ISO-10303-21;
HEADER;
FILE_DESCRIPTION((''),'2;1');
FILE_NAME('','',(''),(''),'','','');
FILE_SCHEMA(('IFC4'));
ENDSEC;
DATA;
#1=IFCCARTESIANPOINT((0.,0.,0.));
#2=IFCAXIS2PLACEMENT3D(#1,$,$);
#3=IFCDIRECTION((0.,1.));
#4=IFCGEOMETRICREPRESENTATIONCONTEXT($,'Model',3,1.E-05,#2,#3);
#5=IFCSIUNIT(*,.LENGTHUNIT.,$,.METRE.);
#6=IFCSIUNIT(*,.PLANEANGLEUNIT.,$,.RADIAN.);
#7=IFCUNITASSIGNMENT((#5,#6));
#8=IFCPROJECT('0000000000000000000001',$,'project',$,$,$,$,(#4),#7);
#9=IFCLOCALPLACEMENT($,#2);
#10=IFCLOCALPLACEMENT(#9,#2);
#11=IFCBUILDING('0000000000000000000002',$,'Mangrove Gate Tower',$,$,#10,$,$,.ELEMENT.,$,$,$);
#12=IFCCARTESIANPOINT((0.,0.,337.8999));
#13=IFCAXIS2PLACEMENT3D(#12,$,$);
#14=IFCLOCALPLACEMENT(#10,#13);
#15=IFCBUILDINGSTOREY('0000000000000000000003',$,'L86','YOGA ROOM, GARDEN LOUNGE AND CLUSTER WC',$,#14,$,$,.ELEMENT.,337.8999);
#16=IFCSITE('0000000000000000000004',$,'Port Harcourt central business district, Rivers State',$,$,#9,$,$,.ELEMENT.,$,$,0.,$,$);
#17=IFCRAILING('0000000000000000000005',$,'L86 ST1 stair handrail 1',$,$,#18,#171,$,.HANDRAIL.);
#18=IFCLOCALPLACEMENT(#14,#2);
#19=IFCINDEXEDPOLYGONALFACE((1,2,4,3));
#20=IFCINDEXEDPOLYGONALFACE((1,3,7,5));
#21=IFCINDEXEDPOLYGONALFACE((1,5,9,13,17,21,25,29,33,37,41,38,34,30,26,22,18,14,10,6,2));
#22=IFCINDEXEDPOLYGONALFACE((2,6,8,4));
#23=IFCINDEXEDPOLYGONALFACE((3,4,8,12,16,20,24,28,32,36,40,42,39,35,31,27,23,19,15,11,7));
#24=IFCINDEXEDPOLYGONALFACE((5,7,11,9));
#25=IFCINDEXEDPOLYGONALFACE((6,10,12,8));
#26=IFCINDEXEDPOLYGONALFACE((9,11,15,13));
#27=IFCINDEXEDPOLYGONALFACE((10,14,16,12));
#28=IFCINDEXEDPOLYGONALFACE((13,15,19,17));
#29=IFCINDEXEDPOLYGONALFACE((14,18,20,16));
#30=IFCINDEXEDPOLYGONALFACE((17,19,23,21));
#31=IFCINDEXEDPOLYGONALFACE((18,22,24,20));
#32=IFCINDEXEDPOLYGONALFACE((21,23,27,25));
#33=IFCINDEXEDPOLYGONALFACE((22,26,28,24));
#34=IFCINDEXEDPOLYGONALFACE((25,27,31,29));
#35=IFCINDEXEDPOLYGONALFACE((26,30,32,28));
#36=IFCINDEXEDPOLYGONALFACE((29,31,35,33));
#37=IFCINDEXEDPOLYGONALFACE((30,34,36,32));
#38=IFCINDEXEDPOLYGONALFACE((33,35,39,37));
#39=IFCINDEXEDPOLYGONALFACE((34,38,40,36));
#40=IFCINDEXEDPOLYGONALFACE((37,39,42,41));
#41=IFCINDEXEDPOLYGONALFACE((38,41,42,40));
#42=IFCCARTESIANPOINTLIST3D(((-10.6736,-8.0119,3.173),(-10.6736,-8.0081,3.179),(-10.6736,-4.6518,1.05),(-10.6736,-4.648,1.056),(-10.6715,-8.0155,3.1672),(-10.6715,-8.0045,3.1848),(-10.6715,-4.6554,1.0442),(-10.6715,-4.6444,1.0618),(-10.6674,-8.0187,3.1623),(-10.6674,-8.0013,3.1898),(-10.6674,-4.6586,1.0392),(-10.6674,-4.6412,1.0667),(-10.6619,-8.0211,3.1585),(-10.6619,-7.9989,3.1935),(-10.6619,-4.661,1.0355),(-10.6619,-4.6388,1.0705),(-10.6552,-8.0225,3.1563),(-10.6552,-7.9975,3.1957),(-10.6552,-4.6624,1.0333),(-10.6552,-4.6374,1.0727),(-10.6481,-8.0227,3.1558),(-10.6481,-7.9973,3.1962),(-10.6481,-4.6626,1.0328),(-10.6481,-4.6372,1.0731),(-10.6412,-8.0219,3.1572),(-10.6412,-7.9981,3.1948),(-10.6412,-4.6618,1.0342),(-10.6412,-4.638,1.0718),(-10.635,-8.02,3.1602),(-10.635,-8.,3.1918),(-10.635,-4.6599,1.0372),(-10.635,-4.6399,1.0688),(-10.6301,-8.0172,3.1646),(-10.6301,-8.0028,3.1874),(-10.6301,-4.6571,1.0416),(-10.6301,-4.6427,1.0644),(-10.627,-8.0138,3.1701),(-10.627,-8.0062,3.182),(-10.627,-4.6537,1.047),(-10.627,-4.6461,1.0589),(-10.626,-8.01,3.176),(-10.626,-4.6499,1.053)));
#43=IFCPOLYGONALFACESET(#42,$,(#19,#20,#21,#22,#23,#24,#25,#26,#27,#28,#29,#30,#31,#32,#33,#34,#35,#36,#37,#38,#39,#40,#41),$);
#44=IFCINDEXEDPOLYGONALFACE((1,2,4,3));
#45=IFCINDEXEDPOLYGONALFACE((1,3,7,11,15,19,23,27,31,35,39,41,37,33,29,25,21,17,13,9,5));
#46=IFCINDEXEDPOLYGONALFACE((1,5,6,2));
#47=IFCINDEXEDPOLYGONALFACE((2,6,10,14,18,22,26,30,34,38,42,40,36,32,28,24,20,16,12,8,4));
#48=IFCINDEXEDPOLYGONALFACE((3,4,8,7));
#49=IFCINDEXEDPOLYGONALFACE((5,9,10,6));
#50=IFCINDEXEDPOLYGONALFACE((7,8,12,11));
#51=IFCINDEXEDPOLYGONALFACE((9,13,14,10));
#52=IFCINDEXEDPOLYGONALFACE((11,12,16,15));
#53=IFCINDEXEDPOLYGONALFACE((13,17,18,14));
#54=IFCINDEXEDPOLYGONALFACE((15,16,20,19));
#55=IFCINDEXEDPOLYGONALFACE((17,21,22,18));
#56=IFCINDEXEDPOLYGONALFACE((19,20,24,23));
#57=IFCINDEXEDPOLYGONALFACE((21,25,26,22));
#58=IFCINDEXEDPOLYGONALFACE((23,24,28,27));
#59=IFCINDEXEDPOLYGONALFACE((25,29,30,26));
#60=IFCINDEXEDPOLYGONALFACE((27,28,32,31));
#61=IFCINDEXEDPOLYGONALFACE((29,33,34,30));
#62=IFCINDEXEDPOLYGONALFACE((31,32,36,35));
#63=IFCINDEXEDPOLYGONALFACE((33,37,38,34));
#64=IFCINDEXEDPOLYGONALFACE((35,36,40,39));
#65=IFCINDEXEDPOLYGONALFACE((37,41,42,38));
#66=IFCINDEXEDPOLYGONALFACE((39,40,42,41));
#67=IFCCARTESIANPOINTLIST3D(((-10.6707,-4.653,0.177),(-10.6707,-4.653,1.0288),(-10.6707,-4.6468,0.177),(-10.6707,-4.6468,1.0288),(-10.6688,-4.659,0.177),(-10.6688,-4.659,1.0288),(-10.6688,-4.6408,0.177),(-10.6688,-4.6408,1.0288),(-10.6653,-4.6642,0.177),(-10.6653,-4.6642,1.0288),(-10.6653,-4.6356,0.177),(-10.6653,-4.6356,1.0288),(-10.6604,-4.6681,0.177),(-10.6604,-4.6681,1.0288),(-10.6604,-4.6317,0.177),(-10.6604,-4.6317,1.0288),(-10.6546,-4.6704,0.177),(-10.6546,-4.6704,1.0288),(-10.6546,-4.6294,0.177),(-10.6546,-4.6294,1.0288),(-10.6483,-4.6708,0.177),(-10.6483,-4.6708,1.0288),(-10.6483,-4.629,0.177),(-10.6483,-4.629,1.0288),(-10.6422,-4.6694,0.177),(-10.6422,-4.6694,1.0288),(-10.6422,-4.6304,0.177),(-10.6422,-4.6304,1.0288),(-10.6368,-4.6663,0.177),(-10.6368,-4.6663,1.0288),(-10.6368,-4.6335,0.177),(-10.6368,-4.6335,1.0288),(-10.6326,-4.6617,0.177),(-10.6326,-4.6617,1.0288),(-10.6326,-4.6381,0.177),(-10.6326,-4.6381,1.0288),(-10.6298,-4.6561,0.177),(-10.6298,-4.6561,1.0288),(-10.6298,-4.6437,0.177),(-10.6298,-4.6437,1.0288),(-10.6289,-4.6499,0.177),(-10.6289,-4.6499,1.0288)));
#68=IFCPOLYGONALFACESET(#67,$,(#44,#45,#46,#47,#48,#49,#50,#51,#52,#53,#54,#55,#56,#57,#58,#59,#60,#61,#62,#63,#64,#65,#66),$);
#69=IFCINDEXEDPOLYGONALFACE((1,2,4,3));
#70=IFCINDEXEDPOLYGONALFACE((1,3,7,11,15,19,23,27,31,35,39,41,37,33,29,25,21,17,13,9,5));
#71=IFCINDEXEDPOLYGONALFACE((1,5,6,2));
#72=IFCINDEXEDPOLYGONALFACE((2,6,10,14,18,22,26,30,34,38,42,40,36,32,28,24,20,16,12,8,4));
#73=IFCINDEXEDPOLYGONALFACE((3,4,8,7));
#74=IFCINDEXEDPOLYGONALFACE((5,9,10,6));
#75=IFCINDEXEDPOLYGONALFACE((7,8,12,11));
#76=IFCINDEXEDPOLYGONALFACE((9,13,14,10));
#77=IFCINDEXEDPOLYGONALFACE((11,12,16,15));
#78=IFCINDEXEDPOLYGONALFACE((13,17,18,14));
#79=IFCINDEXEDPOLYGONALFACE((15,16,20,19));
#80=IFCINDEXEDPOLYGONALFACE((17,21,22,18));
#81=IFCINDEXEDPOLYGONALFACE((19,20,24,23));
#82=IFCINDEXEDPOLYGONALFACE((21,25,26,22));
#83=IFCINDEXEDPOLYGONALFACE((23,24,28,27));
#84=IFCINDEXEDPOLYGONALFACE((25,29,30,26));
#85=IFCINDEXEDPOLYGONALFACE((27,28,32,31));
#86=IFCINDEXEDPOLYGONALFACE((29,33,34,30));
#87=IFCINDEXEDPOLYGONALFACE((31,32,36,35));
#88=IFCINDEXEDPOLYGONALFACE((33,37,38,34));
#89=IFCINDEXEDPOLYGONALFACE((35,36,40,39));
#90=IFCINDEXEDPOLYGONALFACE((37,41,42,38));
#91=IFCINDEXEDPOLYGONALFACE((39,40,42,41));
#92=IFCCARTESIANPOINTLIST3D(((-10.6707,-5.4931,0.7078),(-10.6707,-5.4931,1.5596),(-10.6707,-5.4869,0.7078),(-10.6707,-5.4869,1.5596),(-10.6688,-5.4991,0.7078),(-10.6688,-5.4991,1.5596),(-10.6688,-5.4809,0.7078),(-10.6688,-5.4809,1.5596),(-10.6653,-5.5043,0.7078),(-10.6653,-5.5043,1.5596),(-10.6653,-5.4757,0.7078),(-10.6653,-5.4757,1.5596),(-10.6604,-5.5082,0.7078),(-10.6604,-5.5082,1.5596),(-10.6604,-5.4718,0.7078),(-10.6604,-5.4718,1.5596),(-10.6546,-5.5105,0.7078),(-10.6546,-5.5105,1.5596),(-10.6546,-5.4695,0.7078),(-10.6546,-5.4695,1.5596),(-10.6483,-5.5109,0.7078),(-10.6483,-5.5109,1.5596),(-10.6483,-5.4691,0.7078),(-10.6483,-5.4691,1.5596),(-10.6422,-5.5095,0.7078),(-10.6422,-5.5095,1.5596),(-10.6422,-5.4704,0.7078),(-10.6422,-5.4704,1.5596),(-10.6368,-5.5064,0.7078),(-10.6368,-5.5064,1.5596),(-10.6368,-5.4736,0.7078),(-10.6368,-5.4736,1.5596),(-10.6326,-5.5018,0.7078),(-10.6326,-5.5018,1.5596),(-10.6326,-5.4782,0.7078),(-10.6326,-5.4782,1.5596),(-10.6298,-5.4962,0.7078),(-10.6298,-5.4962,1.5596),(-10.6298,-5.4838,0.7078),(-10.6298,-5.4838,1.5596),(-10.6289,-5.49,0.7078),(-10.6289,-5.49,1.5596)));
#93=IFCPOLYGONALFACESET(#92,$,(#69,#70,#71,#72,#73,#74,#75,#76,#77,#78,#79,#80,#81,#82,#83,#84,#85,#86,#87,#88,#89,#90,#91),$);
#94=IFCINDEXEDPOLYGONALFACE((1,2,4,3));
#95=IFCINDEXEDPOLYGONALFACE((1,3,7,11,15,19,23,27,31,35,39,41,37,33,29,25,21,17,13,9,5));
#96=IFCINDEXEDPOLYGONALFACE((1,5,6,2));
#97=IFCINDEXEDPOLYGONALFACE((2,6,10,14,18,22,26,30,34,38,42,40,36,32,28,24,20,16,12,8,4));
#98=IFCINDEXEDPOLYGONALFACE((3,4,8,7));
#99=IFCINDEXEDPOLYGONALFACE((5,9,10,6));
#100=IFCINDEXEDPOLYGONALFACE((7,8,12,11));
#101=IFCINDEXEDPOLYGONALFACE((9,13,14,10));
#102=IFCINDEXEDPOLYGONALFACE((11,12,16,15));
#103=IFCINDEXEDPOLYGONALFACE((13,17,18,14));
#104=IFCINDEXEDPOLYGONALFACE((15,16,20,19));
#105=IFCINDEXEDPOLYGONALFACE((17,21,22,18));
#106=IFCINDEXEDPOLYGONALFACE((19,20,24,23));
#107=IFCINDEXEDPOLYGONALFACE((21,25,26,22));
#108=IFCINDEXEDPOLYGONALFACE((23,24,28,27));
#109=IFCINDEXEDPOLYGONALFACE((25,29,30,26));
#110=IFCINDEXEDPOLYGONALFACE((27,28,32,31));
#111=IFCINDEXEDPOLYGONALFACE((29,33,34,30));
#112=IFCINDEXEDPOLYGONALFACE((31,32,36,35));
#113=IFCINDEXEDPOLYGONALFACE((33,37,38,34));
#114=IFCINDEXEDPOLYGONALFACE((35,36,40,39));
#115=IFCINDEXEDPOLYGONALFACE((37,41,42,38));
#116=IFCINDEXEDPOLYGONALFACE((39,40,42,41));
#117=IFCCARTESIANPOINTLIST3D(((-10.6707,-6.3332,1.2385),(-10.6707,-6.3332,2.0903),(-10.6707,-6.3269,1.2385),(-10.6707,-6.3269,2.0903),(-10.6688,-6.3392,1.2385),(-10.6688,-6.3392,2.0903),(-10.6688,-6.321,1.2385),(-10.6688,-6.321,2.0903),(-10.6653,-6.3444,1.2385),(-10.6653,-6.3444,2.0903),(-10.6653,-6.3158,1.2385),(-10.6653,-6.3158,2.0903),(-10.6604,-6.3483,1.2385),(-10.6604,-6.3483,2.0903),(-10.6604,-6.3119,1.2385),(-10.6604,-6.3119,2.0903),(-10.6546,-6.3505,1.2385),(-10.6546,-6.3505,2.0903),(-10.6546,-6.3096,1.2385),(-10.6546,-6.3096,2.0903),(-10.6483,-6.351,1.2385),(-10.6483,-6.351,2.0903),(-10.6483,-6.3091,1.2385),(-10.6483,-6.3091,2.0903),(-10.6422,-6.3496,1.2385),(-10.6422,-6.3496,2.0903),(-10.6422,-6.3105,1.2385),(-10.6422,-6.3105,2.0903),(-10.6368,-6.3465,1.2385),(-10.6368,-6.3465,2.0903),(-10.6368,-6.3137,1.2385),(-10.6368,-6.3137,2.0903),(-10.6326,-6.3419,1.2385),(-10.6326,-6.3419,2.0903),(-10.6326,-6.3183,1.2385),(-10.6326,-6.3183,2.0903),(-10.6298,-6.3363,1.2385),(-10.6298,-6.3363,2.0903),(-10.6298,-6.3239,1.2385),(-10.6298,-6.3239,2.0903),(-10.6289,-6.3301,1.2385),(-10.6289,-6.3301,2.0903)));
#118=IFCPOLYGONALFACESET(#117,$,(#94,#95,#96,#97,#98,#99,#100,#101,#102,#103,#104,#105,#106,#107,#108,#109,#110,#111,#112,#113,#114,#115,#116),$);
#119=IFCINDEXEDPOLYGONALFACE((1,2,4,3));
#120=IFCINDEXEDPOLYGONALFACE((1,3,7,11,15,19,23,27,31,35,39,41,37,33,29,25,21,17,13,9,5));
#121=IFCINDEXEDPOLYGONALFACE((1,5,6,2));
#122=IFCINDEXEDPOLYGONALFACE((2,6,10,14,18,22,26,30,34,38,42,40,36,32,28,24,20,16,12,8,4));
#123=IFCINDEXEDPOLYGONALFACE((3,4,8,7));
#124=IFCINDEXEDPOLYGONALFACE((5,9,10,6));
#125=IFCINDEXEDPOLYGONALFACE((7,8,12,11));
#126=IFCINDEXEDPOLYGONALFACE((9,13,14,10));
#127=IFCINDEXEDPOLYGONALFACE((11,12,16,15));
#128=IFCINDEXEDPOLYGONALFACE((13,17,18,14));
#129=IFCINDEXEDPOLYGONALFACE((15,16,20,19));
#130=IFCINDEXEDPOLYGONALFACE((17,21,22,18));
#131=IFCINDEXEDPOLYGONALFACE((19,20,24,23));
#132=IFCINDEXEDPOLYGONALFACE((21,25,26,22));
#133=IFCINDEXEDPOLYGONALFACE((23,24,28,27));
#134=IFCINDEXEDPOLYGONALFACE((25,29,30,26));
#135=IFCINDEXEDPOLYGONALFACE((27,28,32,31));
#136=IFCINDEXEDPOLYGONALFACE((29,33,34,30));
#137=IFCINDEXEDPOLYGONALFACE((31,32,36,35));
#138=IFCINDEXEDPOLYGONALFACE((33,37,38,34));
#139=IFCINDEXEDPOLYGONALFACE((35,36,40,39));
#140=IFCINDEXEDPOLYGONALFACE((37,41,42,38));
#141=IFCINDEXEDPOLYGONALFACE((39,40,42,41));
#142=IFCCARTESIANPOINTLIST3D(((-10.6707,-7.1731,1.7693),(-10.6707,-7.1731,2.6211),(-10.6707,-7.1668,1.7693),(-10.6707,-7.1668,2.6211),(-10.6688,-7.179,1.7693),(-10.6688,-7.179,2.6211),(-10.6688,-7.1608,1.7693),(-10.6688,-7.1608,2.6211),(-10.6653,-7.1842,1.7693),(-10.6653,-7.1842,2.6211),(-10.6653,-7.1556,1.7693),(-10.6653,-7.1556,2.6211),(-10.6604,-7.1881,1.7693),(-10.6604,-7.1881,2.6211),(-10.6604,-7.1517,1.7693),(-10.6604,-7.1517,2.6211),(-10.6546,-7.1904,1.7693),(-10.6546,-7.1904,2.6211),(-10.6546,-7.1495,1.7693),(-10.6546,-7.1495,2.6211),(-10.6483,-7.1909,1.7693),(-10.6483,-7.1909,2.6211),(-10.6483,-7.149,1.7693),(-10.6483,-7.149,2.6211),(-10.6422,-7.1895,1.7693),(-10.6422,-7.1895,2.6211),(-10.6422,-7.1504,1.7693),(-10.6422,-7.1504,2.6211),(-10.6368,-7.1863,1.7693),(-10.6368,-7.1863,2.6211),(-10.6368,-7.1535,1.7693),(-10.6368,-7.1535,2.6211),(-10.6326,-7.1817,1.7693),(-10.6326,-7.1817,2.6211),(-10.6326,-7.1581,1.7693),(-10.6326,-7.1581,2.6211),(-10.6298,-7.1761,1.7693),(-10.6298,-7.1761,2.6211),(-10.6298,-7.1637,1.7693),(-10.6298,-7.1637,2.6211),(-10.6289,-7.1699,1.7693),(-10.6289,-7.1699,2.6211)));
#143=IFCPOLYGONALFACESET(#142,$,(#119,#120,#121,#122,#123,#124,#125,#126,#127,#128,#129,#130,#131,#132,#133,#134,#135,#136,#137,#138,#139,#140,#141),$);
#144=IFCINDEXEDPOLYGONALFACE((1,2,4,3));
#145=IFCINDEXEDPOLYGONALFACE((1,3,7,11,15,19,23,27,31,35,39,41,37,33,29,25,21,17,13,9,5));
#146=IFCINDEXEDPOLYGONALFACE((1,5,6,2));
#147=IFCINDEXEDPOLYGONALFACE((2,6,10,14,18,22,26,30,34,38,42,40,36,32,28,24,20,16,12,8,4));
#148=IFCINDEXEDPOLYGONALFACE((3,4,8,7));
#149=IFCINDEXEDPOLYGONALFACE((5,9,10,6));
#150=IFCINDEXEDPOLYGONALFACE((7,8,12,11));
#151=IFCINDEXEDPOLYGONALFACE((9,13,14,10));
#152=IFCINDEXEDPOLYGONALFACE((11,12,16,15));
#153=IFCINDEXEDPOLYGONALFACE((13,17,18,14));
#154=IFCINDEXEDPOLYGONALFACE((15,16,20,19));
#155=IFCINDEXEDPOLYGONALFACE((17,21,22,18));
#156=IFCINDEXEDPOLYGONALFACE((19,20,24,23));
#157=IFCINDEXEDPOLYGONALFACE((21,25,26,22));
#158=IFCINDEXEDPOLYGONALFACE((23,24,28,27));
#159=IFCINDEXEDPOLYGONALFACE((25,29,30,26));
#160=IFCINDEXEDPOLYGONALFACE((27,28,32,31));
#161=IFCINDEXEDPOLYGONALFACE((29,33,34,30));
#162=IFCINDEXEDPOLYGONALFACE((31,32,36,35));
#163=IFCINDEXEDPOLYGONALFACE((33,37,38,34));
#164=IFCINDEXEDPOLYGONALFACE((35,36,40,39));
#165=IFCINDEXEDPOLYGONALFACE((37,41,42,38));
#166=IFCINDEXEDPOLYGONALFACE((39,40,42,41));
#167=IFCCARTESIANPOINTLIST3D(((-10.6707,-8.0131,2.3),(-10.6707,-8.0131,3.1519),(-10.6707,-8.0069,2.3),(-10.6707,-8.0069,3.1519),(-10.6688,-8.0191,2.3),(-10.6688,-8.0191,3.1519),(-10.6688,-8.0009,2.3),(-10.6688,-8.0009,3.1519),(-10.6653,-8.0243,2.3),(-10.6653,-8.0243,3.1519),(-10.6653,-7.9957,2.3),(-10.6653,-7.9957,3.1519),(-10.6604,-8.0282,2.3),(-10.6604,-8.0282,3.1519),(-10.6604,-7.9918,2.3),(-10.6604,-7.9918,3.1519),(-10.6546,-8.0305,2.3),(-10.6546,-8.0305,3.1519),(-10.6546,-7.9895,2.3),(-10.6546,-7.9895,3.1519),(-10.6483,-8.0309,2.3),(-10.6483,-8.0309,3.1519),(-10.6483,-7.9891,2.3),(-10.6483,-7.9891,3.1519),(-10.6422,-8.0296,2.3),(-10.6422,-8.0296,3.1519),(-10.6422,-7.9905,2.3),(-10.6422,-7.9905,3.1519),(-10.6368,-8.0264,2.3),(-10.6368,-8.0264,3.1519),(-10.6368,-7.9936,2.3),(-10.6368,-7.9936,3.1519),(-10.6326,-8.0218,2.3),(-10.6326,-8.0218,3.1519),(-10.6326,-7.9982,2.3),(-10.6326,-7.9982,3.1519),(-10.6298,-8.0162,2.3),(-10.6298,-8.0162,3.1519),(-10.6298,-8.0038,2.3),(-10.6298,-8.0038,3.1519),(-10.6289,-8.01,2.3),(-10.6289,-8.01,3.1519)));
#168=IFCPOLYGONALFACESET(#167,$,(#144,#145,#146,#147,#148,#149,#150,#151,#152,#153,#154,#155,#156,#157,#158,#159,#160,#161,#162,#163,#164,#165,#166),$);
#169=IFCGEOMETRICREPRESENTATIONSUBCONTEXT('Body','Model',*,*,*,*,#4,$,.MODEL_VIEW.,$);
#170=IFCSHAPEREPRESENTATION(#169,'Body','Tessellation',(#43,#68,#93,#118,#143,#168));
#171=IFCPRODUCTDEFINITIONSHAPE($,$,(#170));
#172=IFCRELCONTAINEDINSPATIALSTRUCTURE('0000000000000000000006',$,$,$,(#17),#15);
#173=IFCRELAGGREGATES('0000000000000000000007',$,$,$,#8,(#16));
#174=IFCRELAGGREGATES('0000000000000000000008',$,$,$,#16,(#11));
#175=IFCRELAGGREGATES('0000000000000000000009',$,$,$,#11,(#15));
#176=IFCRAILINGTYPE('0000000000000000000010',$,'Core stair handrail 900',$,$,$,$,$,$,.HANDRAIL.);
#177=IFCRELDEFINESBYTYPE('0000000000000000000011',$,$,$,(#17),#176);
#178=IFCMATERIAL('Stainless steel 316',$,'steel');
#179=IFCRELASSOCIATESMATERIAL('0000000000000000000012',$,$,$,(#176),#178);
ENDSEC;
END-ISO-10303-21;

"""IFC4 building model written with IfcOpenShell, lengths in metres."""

from ifc_helpers import new_model, si_unit, direction, frame, origin, origin_2d, place, context, subcontext, project, spatial, circle, extrude, material, type_object, element, save


model = new_model("IFC4")

# Units and contexts
model_context = context("Model", 3, precision=1e-05, world=origin(), true_north=direction((0.0, 1.0)))
body_context = subcontext(model_context, "Body", "Model", "MODEL_VIEW")
ifc_project = project(units=[si_unit("LENGTHUNIT", "METRE"), si_unit("PLANEANGLEUNIT", "RADIAN")], contexts=[model_context])

# Site, building, storey
site_placement = place(None, origin())
site = spatial("IfcSite", under=ifc_project, at=site_placement, Name="Port Harcourt central business district, Rivers State", CompositionType="ELEMENT", RefElevation=0.0)
building_placement = place(site_placement, origin())
building = spatial("IfcBuilding", under=site, at=building_placement, Name="Mangrove Gate Tower", CompositionType="ELEMENT")
storey_placement = place(building_placement, frame((0.0, 0.0, 337.8999)))
storey = spatial("IfcBuildingStorey", under=building, at=storey_placement, Name="L86", Description="YOGA ROOM, GARDEN LOUNGE AND CLUSTER WC", CompositionType="ELEMENT", Elevation=337.8999)

# Railing
ifc_material_1 = material(Name="Stainless steel 316", Category="steel")
railing_type_1 = type_object("IfcRailingType", Name="Core stair handrail 900", PredefinedType="HANDRAIL", material=ifc_material_1)
railing_1_placement = place(storey_placement, frame((-10.6499, -4.6499, 0.177)))
element("IfcRailing", 1, at=railing_1_placement, inside=storey, type_object=railing_type_1, Name="L86 ST1 stair handrail 1", PredefinedType="HANDRAIL", context=body_context, shape_type="SweptSolid", body=[
    extrude(circle(Radius=0.0239, at=origin_2d()), frame((0.0, 0.0, 0.876), z_axis=(0.0, -0.84539, 0.53415), x_axis=(1.0, 0.0, 0.0)), (0.0, 0.0, 1.0), 3.9746),
    extrude(circle(Radius=0.021, at=origin_2d()), origin(), (0.0, 0.0, 1.0), 0.8518),
    extrude(circle(Radius=0.021, at=origin_2d()), frame((0.0, -0.8401, 0.5308)), (0.0, 0.0, 1.0), 0.8518),
    extrude(circle(Radius=0.021, at=origin_2d()), frame((0.0, -1.6802, 1.0615)), (0.0, 0.0, 1.0), 0.8518),
    extrude(circle(Radius=0.021, at=origin_2d()), frame((0.0, -2.52, 1.5923)), (0.0, 0.0, 1.0), 0.8518),
    extrude(circle(Radius=0.021, at=origin_2d()), frame((0.0, -3.3601, 2.123)), (0.0, 0.0, 1.0), 0.8518),
])

save(model, "model.ifc")
